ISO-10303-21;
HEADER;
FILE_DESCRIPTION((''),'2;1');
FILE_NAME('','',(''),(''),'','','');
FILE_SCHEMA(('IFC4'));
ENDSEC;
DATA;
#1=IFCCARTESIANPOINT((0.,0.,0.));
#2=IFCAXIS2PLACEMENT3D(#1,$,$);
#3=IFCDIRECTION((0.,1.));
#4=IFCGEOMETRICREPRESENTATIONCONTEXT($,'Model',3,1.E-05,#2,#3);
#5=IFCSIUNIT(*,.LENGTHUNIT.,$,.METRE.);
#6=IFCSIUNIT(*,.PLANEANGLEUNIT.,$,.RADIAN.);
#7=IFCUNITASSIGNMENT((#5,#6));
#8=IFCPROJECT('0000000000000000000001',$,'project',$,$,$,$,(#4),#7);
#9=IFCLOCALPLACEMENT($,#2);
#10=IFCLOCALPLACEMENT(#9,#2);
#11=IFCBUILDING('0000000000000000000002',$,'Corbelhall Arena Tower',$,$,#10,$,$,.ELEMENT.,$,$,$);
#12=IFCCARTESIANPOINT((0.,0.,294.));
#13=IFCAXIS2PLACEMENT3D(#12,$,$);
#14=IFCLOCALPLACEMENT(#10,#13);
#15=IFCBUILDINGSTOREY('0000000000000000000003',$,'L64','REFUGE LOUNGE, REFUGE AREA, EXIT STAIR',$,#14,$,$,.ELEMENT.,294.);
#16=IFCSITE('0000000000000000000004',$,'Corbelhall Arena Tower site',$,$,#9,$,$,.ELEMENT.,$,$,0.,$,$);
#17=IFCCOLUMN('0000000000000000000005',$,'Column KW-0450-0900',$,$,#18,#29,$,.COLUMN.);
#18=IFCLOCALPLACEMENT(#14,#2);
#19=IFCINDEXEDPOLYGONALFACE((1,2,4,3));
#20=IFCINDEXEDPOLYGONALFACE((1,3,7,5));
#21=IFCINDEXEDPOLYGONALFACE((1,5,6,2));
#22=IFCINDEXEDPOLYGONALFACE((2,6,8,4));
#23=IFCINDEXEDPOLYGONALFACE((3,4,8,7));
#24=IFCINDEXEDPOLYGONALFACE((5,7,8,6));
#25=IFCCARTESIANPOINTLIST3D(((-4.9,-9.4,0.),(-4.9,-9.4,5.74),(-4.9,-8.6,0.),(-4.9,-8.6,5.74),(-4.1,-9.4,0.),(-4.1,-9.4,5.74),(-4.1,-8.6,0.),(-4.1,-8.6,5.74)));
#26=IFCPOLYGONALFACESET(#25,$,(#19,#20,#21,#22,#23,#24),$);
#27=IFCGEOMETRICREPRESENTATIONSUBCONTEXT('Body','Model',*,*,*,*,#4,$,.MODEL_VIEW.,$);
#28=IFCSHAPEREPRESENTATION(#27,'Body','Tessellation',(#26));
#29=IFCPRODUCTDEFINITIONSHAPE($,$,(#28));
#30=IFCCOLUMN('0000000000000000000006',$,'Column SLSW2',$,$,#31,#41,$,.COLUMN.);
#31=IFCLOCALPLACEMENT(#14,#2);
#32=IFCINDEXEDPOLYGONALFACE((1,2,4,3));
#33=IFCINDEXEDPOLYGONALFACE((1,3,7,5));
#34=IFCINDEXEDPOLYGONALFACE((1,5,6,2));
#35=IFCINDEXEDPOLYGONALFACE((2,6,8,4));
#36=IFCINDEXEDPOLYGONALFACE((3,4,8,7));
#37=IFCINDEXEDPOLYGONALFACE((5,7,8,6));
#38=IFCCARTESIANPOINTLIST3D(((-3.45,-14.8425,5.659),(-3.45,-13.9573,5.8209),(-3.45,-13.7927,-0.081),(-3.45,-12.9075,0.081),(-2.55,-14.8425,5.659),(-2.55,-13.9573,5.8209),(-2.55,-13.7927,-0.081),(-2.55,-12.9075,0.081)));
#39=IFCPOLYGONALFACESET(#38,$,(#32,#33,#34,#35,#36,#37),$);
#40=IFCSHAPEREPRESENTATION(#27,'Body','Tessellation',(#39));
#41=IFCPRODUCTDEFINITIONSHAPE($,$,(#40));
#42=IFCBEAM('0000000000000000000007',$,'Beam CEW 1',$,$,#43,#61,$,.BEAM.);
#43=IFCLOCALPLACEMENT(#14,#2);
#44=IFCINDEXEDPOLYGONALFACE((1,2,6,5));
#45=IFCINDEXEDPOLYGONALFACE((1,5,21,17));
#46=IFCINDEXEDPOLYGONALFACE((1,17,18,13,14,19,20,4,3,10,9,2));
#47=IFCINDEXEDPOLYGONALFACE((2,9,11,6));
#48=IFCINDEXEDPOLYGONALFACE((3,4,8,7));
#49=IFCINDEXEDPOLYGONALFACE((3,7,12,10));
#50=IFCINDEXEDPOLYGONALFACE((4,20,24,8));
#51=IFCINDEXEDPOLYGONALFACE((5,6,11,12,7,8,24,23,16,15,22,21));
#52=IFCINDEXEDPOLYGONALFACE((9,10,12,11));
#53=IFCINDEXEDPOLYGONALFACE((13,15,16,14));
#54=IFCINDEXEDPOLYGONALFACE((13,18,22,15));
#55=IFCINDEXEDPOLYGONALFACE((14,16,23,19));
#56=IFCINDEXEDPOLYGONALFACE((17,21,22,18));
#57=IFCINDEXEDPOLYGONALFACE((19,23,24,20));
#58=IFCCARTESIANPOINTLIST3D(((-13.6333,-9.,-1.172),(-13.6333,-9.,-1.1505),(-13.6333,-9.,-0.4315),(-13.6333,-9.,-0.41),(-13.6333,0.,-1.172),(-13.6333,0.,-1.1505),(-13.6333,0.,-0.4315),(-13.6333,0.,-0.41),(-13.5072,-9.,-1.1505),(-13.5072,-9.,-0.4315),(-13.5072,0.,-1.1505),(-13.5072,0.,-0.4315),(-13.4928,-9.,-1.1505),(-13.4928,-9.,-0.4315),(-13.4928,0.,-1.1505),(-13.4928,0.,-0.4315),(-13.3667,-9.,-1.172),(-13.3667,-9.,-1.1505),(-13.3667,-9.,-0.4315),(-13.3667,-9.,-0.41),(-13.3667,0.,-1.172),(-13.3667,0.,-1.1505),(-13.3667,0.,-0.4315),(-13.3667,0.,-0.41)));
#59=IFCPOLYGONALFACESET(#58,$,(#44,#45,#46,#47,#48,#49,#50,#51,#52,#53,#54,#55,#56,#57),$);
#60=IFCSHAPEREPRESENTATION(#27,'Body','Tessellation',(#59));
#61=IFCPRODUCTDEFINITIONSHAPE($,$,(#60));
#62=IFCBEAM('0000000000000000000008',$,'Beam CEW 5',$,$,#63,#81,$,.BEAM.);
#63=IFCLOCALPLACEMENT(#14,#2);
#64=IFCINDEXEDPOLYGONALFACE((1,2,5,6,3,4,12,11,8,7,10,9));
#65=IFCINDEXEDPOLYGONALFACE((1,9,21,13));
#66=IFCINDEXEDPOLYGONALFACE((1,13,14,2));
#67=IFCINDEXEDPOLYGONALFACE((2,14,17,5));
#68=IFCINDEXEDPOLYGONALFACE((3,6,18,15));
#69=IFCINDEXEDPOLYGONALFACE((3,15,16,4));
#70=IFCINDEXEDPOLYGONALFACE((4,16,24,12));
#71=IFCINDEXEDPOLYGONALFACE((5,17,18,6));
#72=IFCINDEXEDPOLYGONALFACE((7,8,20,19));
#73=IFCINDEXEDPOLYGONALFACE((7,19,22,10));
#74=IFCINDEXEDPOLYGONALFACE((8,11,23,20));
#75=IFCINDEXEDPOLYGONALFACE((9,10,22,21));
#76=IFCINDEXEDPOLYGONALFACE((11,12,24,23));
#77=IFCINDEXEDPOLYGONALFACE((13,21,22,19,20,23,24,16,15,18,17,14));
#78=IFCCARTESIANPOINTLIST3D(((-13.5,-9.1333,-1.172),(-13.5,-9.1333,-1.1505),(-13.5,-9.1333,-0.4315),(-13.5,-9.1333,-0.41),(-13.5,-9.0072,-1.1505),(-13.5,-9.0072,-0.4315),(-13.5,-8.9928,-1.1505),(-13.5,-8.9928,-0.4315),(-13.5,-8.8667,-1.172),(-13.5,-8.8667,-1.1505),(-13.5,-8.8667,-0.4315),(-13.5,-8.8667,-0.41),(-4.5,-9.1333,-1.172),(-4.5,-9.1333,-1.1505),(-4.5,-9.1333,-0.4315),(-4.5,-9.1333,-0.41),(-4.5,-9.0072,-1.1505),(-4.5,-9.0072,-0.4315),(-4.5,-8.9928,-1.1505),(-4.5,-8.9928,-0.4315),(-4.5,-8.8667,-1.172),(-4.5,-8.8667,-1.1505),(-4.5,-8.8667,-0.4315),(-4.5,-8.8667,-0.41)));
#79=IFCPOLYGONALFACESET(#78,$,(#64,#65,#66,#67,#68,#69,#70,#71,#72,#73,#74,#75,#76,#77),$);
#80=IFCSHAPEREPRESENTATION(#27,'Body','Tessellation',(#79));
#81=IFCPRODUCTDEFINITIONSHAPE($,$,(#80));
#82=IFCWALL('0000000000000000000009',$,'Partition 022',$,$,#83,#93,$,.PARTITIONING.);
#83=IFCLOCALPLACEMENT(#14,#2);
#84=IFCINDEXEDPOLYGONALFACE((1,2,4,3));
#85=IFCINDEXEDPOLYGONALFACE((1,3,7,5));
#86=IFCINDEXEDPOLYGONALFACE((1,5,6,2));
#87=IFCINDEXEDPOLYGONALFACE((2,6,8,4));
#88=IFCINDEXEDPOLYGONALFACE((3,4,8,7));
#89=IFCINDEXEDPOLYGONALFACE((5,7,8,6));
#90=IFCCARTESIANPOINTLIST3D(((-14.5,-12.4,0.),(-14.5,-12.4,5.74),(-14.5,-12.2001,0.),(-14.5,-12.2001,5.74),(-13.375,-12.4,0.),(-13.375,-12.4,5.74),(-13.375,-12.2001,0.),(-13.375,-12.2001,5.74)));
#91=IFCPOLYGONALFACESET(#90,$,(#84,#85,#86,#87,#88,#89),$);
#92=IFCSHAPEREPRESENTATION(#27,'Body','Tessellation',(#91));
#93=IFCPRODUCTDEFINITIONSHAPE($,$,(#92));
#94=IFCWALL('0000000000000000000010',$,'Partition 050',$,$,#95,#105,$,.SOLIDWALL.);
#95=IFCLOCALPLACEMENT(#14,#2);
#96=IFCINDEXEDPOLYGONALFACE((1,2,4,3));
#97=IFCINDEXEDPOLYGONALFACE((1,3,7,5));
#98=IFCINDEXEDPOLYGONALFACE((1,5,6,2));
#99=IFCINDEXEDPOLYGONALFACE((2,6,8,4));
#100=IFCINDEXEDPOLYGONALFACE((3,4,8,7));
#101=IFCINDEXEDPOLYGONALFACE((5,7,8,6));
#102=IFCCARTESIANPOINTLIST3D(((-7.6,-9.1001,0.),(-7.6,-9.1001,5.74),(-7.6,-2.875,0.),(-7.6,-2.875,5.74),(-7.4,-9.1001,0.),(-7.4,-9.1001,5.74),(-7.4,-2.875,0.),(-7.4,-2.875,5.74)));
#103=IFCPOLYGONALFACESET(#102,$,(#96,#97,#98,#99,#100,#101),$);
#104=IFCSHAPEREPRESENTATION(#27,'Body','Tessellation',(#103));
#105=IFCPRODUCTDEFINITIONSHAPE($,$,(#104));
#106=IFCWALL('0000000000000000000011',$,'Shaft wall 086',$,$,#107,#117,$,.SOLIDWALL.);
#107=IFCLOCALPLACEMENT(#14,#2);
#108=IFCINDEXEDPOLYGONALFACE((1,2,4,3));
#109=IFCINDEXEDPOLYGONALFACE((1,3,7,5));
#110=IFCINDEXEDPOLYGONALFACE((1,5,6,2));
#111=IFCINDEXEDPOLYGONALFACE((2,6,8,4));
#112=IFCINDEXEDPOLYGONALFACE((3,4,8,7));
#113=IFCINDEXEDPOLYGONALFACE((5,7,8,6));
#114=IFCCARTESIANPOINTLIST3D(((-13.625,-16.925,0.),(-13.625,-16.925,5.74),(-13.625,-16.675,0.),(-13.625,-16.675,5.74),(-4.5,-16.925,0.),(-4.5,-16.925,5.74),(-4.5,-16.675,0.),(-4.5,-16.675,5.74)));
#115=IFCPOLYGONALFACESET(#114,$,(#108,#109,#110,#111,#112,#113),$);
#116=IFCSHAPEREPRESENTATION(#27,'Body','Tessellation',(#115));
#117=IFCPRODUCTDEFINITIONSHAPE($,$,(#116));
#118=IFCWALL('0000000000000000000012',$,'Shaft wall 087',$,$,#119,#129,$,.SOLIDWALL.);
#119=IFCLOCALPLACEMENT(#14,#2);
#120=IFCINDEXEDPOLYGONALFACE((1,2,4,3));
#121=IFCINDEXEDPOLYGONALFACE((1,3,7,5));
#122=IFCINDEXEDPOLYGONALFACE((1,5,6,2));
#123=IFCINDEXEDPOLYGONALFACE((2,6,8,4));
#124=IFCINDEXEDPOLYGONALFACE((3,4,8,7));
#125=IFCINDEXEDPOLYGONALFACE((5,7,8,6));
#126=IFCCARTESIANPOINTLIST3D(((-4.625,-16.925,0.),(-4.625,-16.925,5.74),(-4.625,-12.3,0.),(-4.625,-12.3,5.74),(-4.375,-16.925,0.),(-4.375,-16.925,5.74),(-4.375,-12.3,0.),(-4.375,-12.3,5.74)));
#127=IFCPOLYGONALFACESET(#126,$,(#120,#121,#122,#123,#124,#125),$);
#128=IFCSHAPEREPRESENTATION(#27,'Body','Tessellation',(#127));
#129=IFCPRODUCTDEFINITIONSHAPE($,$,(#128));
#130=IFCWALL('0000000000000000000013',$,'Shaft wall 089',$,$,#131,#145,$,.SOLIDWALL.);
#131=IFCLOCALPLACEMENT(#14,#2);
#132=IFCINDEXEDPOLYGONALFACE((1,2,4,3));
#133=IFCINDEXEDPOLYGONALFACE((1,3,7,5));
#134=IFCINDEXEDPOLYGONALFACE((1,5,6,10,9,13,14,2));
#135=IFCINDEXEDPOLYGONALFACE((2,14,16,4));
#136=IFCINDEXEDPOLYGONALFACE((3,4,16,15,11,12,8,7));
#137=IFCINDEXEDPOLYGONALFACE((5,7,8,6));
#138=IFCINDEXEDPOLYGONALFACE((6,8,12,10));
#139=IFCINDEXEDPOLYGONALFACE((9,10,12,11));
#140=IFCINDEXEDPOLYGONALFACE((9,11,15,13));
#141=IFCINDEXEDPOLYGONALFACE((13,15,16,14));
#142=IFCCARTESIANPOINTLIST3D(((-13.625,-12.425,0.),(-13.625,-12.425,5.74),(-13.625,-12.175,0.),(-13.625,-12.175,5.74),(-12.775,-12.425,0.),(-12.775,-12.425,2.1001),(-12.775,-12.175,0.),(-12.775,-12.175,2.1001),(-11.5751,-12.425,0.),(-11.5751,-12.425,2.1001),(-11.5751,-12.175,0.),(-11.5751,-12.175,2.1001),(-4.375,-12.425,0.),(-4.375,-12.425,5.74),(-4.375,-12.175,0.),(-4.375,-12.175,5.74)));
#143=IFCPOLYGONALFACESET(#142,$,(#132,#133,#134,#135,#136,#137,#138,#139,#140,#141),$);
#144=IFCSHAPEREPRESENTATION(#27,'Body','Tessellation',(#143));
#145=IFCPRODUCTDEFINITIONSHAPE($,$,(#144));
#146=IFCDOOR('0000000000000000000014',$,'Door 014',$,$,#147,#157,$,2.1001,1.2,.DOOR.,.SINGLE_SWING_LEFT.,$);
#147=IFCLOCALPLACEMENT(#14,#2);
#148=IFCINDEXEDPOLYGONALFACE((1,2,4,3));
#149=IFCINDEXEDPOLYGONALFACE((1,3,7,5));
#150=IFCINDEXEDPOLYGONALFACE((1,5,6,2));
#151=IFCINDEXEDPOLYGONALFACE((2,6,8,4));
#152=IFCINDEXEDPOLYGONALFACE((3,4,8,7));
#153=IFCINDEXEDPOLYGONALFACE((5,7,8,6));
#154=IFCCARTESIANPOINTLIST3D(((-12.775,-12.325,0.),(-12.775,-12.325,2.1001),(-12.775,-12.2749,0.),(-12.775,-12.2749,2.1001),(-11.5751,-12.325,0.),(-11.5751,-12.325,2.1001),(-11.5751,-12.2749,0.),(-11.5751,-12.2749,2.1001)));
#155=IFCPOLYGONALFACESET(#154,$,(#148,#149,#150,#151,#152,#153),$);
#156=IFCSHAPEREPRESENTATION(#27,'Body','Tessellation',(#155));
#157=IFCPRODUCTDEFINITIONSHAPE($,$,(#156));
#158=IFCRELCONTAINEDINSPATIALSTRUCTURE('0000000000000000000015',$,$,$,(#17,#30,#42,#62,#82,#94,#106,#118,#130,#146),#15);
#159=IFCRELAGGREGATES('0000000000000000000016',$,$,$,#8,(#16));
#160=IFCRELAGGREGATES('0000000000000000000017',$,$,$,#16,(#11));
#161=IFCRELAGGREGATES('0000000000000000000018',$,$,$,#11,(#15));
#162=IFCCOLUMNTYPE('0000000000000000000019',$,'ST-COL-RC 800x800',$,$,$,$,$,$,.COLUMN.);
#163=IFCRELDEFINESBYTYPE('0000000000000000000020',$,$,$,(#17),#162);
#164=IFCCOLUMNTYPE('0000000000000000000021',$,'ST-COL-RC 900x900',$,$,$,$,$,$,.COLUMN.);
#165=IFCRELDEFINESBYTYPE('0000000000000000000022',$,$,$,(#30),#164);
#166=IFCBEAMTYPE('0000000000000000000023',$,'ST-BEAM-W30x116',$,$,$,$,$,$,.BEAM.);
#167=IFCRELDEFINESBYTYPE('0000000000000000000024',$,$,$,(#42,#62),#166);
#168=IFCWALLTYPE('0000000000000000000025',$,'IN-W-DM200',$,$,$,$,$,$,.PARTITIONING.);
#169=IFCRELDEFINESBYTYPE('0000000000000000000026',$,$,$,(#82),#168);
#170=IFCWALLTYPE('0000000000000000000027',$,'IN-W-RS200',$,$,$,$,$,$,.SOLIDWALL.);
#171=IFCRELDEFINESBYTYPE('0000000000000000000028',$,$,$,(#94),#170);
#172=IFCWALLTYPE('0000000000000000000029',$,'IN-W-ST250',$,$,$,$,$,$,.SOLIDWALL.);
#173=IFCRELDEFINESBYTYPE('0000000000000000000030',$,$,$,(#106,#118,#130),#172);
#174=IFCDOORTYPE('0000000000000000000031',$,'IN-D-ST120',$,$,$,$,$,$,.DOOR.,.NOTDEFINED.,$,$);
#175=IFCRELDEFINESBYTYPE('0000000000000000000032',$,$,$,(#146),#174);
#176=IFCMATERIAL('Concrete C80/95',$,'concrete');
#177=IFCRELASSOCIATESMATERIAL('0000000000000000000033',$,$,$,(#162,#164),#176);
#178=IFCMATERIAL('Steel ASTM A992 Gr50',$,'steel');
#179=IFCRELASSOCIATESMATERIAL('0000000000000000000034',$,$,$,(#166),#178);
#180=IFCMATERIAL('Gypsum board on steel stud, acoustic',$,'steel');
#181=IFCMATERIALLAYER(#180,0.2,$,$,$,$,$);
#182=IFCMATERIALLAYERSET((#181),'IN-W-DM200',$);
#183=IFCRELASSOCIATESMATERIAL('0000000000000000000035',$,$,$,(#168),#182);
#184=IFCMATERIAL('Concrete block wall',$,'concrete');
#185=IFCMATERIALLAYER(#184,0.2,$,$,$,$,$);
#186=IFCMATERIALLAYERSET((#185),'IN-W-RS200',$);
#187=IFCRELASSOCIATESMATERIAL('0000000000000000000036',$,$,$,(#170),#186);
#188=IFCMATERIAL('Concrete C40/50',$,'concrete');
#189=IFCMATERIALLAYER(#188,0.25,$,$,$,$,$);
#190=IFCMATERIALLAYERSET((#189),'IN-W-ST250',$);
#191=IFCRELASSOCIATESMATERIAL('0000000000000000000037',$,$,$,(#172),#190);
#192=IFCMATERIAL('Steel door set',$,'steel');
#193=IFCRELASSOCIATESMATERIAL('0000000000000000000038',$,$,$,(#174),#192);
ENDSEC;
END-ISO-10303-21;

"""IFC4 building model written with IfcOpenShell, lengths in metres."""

from ifc_helpers import new_model, si_unit, direction, frame, frame_2d, origin, origin_2d, place, context, subcontext, project, spatial, rectangle, i_section, extrude, material, layer, layer_set, material_profile, profile_set, type_object, element, fill, save


model = new_model("IFC4")

# Units and contexts
model_context = context("Model", 3, precision=1e-05, world=origin(), true_north=direction((0.0, 1.0)))
body_context = subcontext(model_context, "Body", "Model", "MODEL_VIEW")
ifc_project = project(units=[si_unit("LENGTHUNIT", "METRE"), si_unit("PLANEANGLEUNIT", "RADIAN")], contexts=[model_context])

# Site, building, storey
site_placement = place(None, origin())
site = spatial("IfcSite", under=ifc_project, at=site_placement, Name="Corbelhall Arena Tower site", CompositionType="ELEMENT", RefElevation=0.0)
building_placement = place(site_placement, origin())
building = spatial("IfcBuilding", under=site, at=building_placement, Name="Corbelhall Arena Tower", CompositionType="ELEMENT")
storey_placement = place(building_placement, frame((0.0, 0.0, 294.0)))
storey = spatial("IfcBuildingStorey", under=building, at=storey_placement, Name="L64", Description="REFUGE LOUNGE, REFUGE AREA, EXIT STAIR", CompositionType="ELEMENT", Elevation=294.0)

# Columns
ifc_material_1 = material(Name="Concrete C80/95", Category="concrete")
ifc_material_profile_1 = material_profile(ifc_material_1, rectangle(XDim=0.8, YDim=0.8, at=origin_2d()))
ifc_profile_set_1 = profile_set([ifc_material_profile_1], Name="Concrete C80/95")
column_type_1 = type_object("IfcColumnType", Name="ST-COL-RC 800x800", PredefinedType="COLUMN", material=ifc_profile_set_1)
column_1_placement = place(storey_placement, frame((-4.5, -9.0, 0.0), z_axis=(0.0, 0.0, 1.0), x_axis=(1.0, 0.0, 0.0)))
element("IfcColumn", 1, at=column_1_placement, inside=storey, type_object=column_type_1, Name="Column KW-0450-0900", PredefinedType="COLUMN", context=body_context, shape_type="SweptSolid", body=[
    extrude(rectangle(XDim=0.8, YDim=0.8, at=origin_2d()), origin(), (0.0, 0.0, 1.0), 5.74),
])
ifc_material_profile_2 = material_profile(ifc_material_1, rectangle(XDim=0.8999, YDim=0.8999, at=origin_2d()))
ifc_profile_set_2 = profile_set([ifc_material_profile_2], Name="Concrete C80/95")
column_type_2 = type_object("IfcColumnType", Name="ST-COL-RC 900x900", PredefinedType="COLUMN", material=ifc_profile_set_2)
column_2_placement = place(storey_placement, frame((-3.0, -13.3501, 0.0), z_axis=(0.0, -0.179909, 0.983683), x_axis=(1.0, 0.0, 0.0)))
element("IfcColumn", 2, at=column_2_placement, inside=storey, type_object=column_type_2, Name="Column SLSW2", PredefinedType="COLUMN", context=body_context, shape_type="SweptSolid", body=[
    extrude(rectangle(XDim=0.8999, YDim=0.8999, at=origin_2d()), origin(), (0.0, 0.0, 1.0), 5.8352),
])

# Beams
ifc_material_2 = material(Name="Steel ASTM A992 Gr50", Category="steel")
ifc_material_profile_3 = material_profile(ifc_material_2, i_section(OverallWidth=0.2666, OverallDepth=0.762, WebThickness=0.0144, FlangeThickness=0.0215, at=origin_2d()))
ifc_profile_set_3 = profile_set([ifc_material_profile_3], Name="Steel ASTM A992 Gr50")
beam_type = type_object("IfcBeamType", Name="ST-BEAM-W30x116", PredefinedType="BEAM", material=ifc_profile_set_3)
for number, where, z_axis, x_axis, name in (
    (3, (-13.5, -9.0, -0.791), (0.0, 1.0, 0.0), (-1.0, 0.0, 0.0), "Beam CEW 1"),
    (4, (-13.5, -9.0, -0.791), (1.0, 0.0, 0.0), (0.0, 1.0, 0.0), "Beam CEW 5"),
):
    element("IfcBeam", number, at=place(storey_placement, frame(where, z_axis=z_axis, x_axis=x_axis)), inside=storey, type_object=beam_type, Name=name, PredefinedType="BEAM", context=body_context, shape_type="SweptSolid", body=[
        extrude(i_section(OverallWidth=0.2666, OverallDepth=0.762, WebThickness=0.0144, FlangeThickness=0.0215, at=origin_2d()), origin(), (0.0, 0.0, 1.0), 9.0),
    ])

# Walls
ifc_material_3 = material(Name="Gypsum board on steel stud, acoustic", Category="steel")
ifc_layer_1 = layer(ifc_material_3, 0.2)
ifc_layer_set_1 = layer_set([ifc_layer_1], Name="IN-W-DM200")
wall_type_1 = type_object("IfcWallType", Name="IN-W-DM200", PredefinedType="PARTITIONING", material=ifc_layer_set_1)
wall_1_placement = place(storey_placement, frame((-13.375, -12.3, 0.0), z_axis=(0.0, 0.0, 1.0), x_axis=(-1.0, 0.0, 0.0)))
element("IfcWall", 5, at=wall_1_placement, inside=storey, type_object=wall_type_1, Name="Partition 022", PredefinedType="PARTITIONING", context=body_context, shape_type="SweptSolid", body=[
    extrude(rectangle(XDim=1.125, YDim=0.2, at=frame_2d((0.5625, 0.0))), origin(), (0.0, 0.0, 1.0), 5.74),
])
ifc_material_4 = material(Name="Concrete block wall", Category="concrete")
ifc_layer_2 = layer(ifc_material_4, 0.2)
ifc_layer_set_2 = layer_set([ifc_layer_2], Name="IN-W-RS200")
wall_type_2 = type_object("IfcWallType", Name="IN-W-RS200", PredefinedType="SOLIDWALL", material=ifc_layer_set_2)
wall_2_placement = place(storey_placement, frame((-7.5, -9.1001, 0.0), z_axis=(0.0, 0.0, 1.0), x_axis=(0.0, 1.0, 0.0)))
element("IfcWall", 6, at=wall_2_placement, inside=storey, type_object=wall_type_2, Name="Partition 050", PredefinedType="SOLIDWALL", context=body_context, shape_type="SweptSolid", body=[
    extrude(rectangle(XDim=6.2251, YDim=0.2, at=frame_2d((3.1125, 0.0))), origin(), (0.0, 0.0, 1.0), 5.74),
])
ifc_material_5 = material(Name="Concrete C40/50", Category="concrete")
ifc_layer_3 = layer(ifc_material_5, 0.25)
ifc_layer_set_3 = layer_set([ifc_layer_3], Name="IN-W-ST250")
wall_type_3 = type_object("IfcWallType", Name="IN-W-ST250", PredefinedType="SOLIDWALL", material=ifc_layer_set_3)
wall_3_placement = place(storey_placement, frame((-4.5, -16.8, 0.0), z_axis=(0.0, 0.0, 1.0), x_axis=(-1.0, 0.0, 0.0)))
element("IfcWall", 7, at=wall_3_placement, inside=storey, type_object=wall_type_3, Name="Shaft wall 086", PredefinedType="SOLIDWALL", context=body_context, shape_type="SweptSolid", body=[
    extrude(rectangle(XDim=9.125, YDim=0.25, at=frame_2d((4.5625, 0.0))), origin(), (0.0, 0.0, 1.0), 5.74),
])
wall_4_placement = place(storey_placement, frame((-4.5, -12.3, 0.0), z_axis=(0.0, 0.0, 1.0), x_axis=(0.0, -1.0, 0.0)))
element("IfcWall", 8, at=wall_4_placement, inside=storey, type_object=wall_type_3, Name="Shaft wall 087", PredefinedType="SOLIDWALL", context=body_context, shape_type="SweptSolid", body=[
    extrude(rectangle(XDim=4.625, YDim=0.25, at=frame_2d((2.3125, 0.0))), origin(), (0.0, 0.0, 1.0), 5.74),
])

# Wall, opening, door
wall_5_placement = place(storey_placement, frame((-4.375, -12.3, 0.0), z_axis=(0.0, 0.0, 1.0), x_axis=(-1.0, 0.0, 0.0)))
wall_5 = element("IfcWall", 9, at=wall_5_placement, inside=storey, type_object=wall_type_3, Name="Shaft wall 089", PredefinedType="SOLIDWALL", context=body_context, shape_type="SweptSolid", body=[
    extrude(rectangle(XDim=9.25, YDim=0.25, at=frame_2d((4.625, 0.0))), origin(), (0.0, 0.0, 1.0), 5.74),
])
opening_1_placement = place(wall_5_placement, frame((7.2, 0.0, 0.0)))
opening_1 = element("IfcOpeningElement", 10, at=opening_1_placement, cuts=wall_5, PredefinedType="OPENING", context=body_context, shape_type="SweptSolid", body=[
    extrude(rectangle(XDim=1.2, YDim=2.1001, at=frame_2d((0.6001, 1.05))), frame((0.0, 0.125, 0.0), z_axis=(0.0, -1.0, 0.0), x_axis=(1.0, 0.0, 0.0)), (0.0, 0.0, 1.0), 0.25),
])
ifc_material_6 = material(Name="Steel door set", Category="steel")
door_type_1 = type_object("IfcDoorType", Name="IN-D-ST120", OperationType="NOTDEFINED", PredefinedType="DOOR", material=ifc_material_6)
door_1_placement = place(opening_1_placement, origin())
door_1 = element("IfcDoor", 11, at=door_1_placement, inside=storey, type_object=door_type_1, Name="Door 014", OperationType="SINGLE_SWING_LEFT", OverallHeight=2.1001, OverallWidth=1.2, PredefinedType="DOOR", context=body_context, shape_type="SweptSolid", body=[
    extrude(rectangle(XDim=1.2, YDim=2.1001, at=frame_2d((0.6001, 1.05))), frame((0.0, 0.0249, 0.0), z_axis=(0.0, -1.0, 0.0), x_axis=(1.0, 0.0, 0.0)), (0.0, 0.0, 1.0), 0.05),
])
fill(opening_1, door_1)

save(model, "model.ifc")
